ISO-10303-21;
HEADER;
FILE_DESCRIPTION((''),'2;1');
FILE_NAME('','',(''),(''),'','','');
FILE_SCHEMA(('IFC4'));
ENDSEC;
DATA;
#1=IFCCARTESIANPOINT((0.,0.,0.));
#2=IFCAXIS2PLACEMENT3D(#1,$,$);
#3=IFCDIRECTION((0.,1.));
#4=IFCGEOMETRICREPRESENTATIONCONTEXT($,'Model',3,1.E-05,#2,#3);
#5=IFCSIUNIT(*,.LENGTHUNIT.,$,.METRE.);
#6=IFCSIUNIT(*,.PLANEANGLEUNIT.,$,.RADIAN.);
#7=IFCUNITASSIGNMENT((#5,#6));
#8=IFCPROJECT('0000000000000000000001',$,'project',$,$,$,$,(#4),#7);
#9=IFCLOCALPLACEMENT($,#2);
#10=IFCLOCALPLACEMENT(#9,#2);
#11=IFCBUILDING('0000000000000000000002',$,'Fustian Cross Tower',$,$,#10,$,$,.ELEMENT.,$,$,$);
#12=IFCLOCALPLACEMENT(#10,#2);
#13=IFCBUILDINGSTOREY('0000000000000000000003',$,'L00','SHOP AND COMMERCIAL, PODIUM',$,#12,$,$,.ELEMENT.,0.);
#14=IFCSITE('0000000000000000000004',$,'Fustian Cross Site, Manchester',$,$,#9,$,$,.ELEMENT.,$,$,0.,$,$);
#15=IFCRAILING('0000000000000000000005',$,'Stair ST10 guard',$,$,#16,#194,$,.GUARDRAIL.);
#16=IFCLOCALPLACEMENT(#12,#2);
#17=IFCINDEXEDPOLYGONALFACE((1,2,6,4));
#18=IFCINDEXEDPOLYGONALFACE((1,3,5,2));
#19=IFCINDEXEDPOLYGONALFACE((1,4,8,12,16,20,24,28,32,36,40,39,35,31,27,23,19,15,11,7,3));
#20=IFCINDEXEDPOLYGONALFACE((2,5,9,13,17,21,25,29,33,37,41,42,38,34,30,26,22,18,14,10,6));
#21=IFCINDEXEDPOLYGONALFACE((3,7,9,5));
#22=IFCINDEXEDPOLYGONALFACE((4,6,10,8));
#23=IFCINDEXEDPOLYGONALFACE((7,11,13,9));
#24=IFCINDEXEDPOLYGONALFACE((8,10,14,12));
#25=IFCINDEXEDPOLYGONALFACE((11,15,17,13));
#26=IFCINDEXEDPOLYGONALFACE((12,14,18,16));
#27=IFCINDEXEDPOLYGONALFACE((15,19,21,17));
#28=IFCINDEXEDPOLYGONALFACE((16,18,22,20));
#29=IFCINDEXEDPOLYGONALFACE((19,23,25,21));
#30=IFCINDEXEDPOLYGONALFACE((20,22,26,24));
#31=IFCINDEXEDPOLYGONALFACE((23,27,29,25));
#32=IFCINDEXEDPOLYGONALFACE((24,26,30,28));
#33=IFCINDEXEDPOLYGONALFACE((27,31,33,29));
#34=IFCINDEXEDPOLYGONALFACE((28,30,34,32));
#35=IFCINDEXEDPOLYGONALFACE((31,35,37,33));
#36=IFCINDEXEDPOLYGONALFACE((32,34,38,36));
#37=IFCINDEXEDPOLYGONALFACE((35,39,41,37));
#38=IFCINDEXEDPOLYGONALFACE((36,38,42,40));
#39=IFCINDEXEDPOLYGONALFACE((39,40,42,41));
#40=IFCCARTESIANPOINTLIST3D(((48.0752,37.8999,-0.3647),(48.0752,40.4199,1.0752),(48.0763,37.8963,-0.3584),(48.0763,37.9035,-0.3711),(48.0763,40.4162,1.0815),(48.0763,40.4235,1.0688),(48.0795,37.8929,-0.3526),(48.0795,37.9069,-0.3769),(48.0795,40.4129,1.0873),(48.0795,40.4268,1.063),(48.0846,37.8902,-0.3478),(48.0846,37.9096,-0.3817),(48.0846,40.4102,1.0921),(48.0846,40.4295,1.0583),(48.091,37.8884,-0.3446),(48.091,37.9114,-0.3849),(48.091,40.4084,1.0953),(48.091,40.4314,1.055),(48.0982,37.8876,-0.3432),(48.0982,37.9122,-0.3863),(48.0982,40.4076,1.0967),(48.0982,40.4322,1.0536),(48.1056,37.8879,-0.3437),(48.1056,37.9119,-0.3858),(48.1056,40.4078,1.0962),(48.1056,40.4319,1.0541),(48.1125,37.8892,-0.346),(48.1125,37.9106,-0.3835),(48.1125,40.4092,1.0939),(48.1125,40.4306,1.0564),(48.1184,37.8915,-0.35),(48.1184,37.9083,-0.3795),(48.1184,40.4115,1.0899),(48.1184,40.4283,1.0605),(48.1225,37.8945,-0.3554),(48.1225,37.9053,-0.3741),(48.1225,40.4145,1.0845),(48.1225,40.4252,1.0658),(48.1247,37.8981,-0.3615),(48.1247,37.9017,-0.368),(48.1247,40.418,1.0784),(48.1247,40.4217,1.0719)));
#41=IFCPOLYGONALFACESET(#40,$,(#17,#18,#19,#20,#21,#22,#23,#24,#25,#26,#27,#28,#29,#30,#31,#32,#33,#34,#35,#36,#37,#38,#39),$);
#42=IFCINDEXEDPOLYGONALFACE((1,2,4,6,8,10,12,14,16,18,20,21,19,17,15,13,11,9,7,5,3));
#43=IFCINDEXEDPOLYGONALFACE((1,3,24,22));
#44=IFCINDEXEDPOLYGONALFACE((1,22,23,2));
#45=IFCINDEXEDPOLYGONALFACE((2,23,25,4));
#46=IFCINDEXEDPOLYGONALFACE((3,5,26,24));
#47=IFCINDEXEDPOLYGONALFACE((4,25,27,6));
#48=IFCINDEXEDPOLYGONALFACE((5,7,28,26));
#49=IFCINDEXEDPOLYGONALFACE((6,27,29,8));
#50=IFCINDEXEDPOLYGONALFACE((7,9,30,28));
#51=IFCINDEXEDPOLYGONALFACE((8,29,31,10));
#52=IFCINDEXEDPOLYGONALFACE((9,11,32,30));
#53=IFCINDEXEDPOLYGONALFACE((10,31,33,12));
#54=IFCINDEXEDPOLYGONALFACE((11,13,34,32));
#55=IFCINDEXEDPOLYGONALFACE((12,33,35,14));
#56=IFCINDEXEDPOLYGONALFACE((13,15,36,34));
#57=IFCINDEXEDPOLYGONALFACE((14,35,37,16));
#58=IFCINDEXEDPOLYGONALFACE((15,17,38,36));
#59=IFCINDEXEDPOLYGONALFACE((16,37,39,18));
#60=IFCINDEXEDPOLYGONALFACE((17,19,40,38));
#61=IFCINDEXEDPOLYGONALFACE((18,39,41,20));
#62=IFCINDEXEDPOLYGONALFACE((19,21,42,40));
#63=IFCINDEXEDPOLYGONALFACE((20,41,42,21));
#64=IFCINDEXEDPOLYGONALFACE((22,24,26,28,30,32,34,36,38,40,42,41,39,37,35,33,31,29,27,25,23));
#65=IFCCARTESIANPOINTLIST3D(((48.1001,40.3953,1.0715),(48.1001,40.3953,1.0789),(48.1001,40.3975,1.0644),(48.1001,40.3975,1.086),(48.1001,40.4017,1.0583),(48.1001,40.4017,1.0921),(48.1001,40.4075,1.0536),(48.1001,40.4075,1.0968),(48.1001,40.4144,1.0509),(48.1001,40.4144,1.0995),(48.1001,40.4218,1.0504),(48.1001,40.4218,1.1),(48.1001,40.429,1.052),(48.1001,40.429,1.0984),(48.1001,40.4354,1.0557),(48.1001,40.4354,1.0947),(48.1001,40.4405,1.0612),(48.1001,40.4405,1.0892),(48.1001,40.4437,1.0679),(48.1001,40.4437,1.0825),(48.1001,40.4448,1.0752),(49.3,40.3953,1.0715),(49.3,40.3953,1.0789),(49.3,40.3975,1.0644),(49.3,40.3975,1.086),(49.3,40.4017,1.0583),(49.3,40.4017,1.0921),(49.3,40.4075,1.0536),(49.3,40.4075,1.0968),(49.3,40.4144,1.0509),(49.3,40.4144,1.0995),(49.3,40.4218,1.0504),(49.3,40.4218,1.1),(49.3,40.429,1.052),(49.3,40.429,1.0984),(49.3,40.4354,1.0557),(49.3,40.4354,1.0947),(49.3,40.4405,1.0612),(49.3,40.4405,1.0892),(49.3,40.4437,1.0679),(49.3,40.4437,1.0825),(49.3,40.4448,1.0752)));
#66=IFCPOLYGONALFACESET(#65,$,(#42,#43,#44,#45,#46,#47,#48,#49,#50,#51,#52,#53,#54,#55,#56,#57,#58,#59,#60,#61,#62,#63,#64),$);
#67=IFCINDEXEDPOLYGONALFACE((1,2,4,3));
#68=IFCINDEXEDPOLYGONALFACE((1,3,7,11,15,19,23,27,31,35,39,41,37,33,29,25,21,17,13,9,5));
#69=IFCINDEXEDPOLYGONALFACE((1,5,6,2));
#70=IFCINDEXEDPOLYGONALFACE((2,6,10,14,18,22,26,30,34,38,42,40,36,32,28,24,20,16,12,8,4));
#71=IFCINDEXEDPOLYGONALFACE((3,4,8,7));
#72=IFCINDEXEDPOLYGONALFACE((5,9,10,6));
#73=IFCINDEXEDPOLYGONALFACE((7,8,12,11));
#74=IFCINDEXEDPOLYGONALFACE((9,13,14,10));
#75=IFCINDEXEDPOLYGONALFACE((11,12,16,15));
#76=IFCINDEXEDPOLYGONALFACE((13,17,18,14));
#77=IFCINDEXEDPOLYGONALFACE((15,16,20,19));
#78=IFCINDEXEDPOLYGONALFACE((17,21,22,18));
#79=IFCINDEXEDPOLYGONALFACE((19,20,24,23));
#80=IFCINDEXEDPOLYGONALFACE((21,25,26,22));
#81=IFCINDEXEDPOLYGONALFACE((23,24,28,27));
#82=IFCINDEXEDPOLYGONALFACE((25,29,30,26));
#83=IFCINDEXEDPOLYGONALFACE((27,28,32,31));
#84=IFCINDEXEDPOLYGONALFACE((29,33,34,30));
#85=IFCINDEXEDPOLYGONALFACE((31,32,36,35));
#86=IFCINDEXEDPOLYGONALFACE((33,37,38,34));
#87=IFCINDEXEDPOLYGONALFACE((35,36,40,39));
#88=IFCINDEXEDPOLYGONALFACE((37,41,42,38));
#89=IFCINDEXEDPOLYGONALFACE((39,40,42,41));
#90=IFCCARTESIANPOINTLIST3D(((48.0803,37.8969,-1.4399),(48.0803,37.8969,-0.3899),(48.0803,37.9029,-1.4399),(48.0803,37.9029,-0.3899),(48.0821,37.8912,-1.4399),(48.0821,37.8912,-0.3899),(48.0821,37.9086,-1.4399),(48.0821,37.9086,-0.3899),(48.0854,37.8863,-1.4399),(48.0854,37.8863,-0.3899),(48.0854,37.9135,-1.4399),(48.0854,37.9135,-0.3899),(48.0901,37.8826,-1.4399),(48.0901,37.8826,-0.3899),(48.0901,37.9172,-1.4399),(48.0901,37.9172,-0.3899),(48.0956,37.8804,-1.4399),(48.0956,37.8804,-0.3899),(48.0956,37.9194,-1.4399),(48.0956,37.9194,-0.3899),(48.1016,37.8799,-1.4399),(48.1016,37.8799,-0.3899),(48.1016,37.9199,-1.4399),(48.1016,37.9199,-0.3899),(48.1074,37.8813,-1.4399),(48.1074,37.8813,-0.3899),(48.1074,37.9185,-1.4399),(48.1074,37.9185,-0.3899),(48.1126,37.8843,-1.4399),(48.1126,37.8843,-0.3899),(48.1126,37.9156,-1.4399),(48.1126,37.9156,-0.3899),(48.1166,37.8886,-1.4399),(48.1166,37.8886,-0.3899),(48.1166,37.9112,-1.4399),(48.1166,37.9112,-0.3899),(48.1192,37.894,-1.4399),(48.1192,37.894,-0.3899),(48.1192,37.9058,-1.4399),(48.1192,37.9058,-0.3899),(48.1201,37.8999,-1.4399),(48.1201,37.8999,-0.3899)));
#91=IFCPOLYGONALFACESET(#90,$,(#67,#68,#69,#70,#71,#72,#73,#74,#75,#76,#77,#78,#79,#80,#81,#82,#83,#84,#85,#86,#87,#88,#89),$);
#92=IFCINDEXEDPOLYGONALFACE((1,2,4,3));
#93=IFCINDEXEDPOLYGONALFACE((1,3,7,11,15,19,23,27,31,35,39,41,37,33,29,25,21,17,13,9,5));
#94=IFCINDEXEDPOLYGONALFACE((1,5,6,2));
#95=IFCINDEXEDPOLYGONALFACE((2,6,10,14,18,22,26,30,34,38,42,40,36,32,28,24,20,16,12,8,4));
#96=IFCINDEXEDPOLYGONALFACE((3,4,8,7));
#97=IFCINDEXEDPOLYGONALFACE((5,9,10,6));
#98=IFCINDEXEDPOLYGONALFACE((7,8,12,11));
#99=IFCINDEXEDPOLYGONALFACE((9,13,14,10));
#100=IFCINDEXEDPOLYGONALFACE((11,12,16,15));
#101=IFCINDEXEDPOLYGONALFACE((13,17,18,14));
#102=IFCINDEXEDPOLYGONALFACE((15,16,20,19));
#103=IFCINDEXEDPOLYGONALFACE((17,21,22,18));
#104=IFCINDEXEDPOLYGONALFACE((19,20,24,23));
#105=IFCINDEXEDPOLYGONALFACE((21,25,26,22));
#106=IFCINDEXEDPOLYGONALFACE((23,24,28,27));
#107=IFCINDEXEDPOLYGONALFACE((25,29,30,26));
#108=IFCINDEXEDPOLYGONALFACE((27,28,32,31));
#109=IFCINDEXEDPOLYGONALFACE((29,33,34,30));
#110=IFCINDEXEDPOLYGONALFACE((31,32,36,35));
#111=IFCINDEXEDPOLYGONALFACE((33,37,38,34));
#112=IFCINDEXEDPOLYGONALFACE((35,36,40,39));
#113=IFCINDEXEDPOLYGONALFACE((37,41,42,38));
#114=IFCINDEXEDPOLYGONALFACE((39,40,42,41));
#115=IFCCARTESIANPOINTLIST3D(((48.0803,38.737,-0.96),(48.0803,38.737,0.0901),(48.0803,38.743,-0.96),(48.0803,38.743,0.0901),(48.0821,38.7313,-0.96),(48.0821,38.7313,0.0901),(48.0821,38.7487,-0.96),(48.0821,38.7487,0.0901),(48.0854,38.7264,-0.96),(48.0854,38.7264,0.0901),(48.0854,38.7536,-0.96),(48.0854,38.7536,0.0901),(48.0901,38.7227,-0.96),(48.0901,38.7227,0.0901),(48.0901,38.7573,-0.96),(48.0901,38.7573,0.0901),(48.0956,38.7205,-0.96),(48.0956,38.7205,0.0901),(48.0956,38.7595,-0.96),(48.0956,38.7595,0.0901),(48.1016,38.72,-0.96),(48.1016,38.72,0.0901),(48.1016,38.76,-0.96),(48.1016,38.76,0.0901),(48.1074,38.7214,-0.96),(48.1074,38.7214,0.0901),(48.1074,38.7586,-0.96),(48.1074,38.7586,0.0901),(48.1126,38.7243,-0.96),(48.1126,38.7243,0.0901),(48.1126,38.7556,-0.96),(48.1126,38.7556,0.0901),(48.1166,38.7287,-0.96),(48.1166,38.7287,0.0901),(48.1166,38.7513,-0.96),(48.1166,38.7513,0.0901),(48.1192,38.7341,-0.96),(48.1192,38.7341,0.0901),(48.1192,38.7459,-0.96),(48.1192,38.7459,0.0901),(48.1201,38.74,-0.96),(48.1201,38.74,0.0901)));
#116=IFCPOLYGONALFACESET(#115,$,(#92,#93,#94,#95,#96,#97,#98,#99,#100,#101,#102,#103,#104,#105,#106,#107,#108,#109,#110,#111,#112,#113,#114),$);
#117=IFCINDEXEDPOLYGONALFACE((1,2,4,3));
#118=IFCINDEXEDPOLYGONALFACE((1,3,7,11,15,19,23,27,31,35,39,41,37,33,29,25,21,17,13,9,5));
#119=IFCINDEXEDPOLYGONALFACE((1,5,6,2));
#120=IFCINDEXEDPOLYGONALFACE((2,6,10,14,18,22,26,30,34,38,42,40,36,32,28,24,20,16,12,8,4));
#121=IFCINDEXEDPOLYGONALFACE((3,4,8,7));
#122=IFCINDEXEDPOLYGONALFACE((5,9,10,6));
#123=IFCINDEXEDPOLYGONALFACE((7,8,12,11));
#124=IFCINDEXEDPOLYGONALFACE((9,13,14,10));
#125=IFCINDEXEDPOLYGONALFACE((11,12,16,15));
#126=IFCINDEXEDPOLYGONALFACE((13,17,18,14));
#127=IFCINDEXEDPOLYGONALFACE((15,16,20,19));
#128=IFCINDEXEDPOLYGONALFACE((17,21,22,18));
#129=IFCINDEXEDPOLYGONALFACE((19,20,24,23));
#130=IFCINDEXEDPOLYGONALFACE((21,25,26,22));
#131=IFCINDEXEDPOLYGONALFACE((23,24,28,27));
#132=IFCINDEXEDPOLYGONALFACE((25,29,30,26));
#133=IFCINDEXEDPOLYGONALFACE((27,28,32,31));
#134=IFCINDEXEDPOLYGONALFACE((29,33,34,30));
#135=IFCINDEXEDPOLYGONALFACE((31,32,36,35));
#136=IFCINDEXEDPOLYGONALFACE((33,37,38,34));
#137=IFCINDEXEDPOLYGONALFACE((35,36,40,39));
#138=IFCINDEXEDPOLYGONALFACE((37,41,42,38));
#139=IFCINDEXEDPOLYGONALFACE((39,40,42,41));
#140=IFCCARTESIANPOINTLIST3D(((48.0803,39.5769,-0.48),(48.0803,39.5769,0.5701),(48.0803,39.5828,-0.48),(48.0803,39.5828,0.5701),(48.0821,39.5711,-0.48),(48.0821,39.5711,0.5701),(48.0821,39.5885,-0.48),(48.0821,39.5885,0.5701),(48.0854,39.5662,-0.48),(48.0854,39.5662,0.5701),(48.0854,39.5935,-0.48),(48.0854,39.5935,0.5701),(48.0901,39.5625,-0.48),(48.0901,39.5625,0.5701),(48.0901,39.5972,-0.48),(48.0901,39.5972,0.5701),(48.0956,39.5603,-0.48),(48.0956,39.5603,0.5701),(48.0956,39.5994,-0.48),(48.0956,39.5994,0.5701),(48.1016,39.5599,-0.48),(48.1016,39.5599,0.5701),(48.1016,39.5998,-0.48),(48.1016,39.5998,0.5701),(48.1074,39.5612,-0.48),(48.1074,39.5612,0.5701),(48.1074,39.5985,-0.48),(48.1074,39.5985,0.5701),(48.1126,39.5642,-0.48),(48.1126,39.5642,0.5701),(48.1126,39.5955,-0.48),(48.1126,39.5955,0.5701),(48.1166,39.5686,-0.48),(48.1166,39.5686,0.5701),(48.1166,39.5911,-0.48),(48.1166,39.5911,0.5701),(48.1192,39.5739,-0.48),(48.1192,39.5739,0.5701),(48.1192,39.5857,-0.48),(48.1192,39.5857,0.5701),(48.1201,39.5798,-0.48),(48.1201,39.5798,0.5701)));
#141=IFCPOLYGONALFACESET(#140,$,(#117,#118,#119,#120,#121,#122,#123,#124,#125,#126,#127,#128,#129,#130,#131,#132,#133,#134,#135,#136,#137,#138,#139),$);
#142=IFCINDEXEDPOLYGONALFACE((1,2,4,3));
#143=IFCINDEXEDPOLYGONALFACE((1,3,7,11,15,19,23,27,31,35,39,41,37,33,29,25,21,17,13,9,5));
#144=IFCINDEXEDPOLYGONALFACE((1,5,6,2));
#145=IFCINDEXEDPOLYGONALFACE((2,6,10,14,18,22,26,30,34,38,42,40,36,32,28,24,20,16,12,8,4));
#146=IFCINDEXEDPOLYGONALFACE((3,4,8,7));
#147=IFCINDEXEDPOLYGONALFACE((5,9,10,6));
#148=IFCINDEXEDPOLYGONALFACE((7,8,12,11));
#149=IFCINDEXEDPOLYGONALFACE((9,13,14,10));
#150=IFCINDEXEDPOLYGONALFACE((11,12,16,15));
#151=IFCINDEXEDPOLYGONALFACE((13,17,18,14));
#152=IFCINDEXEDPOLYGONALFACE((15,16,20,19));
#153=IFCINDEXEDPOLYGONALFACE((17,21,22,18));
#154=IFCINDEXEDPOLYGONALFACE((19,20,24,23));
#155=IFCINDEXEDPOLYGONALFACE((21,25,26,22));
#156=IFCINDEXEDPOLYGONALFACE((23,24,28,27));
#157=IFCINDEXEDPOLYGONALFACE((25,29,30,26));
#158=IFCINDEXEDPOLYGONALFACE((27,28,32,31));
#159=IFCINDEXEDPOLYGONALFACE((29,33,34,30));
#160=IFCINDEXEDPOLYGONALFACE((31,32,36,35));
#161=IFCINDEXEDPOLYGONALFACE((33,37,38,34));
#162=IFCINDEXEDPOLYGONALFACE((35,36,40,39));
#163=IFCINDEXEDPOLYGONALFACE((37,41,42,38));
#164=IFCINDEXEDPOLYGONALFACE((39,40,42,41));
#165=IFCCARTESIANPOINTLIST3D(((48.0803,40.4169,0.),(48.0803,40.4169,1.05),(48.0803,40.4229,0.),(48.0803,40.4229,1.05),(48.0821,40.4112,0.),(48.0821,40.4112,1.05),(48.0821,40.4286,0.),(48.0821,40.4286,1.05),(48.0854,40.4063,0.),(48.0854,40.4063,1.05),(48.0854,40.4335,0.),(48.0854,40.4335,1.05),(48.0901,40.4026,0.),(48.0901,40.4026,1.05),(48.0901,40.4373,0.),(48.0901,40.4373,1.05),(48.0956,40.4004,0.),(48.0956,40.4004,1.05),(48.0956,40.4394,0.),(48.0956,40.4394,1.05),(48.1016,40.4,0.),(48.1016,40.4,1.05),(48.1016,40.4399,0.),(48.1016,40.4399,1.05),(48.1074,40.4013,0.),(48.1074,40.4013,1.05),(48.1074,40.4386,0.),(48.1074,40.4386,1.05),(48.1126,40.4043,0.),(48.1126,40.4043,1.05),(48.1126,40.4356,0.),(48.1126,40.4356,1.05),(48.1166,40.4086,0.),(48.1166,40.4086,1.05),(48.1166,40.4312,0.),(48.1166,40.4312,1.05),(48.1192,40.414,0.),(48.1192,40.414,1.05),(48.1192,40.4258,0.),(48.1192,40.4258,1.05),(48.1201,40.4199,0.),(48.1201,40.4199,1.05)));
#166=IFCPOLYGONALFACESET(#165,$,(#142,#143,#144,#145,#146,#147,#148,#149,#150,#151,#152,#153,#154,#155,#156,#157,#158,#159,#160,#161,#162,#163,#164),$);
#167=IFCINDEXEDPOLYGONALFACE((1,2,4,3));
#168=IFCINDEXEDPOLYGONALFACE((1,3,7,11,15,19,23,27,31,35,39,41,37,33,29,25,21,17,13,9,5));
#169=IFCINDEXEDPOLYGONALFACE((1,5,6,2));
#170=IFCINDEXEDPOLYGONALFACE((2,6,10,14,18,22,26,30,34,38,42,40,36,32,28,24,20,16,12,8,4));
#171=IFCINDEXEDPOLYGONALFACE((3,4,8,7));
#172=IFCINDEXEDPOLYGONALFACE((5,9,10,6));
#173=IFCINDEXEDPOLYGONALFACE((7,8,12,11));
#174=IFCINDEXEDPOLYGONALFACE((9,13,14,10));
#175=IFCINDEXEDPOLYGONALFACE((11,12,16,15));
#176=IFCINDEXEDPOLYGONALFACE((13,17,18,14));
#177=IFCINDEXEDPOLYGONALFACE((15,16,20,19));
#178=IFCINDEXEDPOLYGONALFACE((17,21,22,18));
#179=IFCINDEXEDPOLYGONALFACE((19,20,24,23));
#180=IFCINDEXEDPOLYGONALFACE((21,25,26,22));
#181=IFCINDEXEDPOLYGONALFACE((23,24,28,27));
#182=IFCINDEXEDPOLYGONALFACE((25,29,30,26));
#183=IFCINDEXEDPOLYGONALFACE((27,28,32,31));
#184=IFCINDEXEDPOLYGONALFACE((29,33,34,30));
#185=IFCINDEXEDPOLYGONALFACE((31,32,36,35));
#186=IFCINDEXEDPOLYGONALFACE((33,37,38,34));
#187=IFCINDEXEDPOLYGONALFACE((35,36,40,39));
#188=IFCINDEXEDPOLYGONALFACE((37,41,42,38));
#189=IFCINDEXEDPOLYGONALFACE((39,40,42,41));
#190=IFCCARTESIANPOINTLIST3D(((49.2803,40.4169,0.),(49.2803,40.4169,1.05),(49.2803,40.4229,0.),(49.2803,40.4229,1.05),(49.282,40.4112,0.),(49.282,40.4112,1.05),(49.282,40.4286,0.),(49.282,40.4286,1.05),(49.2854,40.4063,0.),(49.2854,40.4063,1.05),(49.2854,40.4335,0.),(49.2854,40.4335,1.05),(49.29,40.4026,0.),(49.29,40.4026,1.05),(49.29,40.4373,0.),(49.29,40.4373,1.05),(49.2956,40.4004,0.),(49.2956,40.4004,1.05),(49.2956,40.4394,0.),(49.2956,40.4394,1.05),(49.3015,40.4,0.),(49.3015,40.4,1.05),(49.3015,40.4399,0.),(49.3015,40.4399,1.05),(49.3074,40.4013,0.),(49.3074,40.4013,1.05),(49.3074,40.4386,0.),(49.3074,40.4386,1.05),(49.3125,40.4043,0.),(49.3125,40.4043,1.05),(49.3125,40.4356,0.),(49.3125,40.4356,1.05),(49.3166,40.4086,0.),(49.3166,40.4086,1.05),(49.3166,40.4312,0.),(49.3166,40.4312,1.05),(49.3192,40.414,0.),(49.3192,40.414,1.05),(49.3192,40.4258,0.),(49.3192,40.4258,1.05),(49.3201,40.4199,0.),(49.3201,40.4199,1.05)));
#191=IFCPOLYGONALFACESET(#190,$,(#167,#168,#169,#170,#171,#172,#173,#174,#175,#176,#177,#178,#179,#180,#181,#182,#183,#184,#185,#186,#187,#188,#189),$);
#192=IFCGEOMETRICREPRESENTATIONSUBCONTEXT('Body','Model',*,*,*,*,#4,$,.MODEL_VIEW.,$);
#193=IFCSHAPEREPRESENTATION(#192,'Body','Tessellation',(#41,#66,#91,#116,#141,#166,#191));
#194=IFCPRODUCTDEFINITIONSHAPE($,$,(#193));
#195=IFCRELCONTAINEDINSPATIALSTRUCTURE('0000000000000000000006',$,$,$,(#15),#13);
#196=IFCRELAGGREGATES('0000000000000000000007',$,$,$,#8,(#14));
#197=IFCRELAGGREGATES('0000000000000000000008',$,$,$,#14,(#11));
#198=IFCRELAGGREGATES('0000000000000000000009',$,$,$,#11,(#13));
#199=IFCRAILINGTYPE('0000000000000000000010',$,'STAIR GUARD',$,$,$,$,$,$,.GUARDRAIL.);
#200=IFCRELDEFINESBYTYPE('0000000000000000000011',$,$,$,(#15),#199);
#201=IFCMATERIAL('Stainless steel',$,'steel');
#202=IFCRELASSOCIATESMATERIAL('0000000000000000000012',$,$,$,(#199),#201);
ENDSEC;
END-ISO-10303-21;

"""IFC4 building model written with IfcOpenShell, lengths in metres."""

from ifc_helpers import new_model, si_unit, direction, frame, origin, origin_2d, place, context, subcontext, project, spatial, circle, extrude, material, type_object, element, save


model = new_model("IFC4")

# Units and contexts
model_context = context("Model", 3, precision=1e-05, world=origin(), true_north=direction((0.0, 1.0)))
body_context = subcontext(model_context, "Body", "Model", "MODEL_VIEW")
ifc_project = project(units=[si_unit("LENGTHUNIT", "METRE"), si_unit("PLANEANGLEUNIT", "RADIAN")], contexts=[model_context])

# Site, building, storey
site_placement = place(None, origin())
site = spatial("IfcSite", under=ifc_project, at=site_placement, Name="Fustian Cross Site, Manchester", CompositionType="ELEMENT", RefElevation=0.0)
building_placement = place(site_placement, origin())
building = spatial("IfcBuilding", under=site, at=building_placement, Name="Fustian Cross Tower", CompositionType="ELEMENT")
storey_placement = place(building_placement, origin())
storey = spatial("IfcBuildingStorey", under=building, at=storey_placement, Name="L00", Description="SHOP AND COMMERCIAL, PODIUM", CompositionType="ELEMENT", Elevation=0.0)

# Railing
ifc_material_1 = material(Name="Stainless steel", Category="steel")
railing_type = type_object("IfcRailingType", Name="STAIR GUARD", PredefinedType="GUARDRAIL", material=ifc_material_1)
railing_placement = place(storey_placement, frame((48.1001, 37.8999, -1.4399)))
element("IfcRailing", 1, at=railing_placement, inside=storey, type_object=railing_type, Name="Stair ST10 guard", PredefinedType="GUARDRAIL", context=body_context, shape_type="SweptSolid", body=[
    extrude(circle(Radius=0.0249, at=origin_2d()), frame((0.0, 0.0, 1.0752), z_axis=(0.0, 0.868253, 0.496121), x_axis=(-1.0, 0.0, 0.0)), (0.0, 0.0, 1.0), 2.9023),
    extrude(circle(Radius=0.0249, at=origin_2d()), frame((0.0, 2.52, 2.5151), z_axis=(1.0, 0.0, 0.0), x_axis=(0.0, 1.0, 0.0)), (0.0, 0.0, 1.0), 1.2),
    extrude(circle(Radius=0.02, at=origin_2d()), origin(), (0.0, 0.0, 1.0), 1.05),
    extrude(circle(Radius=0.02, at=origin_2d()), frame((0.0, 0.8401, 0.48)), (0.0, 0.0, 1.0), 1.05),
    extrude(circle(Radius=0.02, at=origin_2d()), frame((0.0, 1.6799, 0.96)), (0.0, 0.0, 1.0), 1.05),
    extrude(circle(Radius=0.02, at=origin_2d()), frame((0.0, 2.52, 1.4399)), (0.0, 0.0, 1.0), 1.05),
    extrude(circle(Radius=0.02, at=origin_2d()), frame((1.2, 2.52, 1.4399)), (0.0, 0.0, 1.0), 1.05),
])

save(model, "model.ifc")
